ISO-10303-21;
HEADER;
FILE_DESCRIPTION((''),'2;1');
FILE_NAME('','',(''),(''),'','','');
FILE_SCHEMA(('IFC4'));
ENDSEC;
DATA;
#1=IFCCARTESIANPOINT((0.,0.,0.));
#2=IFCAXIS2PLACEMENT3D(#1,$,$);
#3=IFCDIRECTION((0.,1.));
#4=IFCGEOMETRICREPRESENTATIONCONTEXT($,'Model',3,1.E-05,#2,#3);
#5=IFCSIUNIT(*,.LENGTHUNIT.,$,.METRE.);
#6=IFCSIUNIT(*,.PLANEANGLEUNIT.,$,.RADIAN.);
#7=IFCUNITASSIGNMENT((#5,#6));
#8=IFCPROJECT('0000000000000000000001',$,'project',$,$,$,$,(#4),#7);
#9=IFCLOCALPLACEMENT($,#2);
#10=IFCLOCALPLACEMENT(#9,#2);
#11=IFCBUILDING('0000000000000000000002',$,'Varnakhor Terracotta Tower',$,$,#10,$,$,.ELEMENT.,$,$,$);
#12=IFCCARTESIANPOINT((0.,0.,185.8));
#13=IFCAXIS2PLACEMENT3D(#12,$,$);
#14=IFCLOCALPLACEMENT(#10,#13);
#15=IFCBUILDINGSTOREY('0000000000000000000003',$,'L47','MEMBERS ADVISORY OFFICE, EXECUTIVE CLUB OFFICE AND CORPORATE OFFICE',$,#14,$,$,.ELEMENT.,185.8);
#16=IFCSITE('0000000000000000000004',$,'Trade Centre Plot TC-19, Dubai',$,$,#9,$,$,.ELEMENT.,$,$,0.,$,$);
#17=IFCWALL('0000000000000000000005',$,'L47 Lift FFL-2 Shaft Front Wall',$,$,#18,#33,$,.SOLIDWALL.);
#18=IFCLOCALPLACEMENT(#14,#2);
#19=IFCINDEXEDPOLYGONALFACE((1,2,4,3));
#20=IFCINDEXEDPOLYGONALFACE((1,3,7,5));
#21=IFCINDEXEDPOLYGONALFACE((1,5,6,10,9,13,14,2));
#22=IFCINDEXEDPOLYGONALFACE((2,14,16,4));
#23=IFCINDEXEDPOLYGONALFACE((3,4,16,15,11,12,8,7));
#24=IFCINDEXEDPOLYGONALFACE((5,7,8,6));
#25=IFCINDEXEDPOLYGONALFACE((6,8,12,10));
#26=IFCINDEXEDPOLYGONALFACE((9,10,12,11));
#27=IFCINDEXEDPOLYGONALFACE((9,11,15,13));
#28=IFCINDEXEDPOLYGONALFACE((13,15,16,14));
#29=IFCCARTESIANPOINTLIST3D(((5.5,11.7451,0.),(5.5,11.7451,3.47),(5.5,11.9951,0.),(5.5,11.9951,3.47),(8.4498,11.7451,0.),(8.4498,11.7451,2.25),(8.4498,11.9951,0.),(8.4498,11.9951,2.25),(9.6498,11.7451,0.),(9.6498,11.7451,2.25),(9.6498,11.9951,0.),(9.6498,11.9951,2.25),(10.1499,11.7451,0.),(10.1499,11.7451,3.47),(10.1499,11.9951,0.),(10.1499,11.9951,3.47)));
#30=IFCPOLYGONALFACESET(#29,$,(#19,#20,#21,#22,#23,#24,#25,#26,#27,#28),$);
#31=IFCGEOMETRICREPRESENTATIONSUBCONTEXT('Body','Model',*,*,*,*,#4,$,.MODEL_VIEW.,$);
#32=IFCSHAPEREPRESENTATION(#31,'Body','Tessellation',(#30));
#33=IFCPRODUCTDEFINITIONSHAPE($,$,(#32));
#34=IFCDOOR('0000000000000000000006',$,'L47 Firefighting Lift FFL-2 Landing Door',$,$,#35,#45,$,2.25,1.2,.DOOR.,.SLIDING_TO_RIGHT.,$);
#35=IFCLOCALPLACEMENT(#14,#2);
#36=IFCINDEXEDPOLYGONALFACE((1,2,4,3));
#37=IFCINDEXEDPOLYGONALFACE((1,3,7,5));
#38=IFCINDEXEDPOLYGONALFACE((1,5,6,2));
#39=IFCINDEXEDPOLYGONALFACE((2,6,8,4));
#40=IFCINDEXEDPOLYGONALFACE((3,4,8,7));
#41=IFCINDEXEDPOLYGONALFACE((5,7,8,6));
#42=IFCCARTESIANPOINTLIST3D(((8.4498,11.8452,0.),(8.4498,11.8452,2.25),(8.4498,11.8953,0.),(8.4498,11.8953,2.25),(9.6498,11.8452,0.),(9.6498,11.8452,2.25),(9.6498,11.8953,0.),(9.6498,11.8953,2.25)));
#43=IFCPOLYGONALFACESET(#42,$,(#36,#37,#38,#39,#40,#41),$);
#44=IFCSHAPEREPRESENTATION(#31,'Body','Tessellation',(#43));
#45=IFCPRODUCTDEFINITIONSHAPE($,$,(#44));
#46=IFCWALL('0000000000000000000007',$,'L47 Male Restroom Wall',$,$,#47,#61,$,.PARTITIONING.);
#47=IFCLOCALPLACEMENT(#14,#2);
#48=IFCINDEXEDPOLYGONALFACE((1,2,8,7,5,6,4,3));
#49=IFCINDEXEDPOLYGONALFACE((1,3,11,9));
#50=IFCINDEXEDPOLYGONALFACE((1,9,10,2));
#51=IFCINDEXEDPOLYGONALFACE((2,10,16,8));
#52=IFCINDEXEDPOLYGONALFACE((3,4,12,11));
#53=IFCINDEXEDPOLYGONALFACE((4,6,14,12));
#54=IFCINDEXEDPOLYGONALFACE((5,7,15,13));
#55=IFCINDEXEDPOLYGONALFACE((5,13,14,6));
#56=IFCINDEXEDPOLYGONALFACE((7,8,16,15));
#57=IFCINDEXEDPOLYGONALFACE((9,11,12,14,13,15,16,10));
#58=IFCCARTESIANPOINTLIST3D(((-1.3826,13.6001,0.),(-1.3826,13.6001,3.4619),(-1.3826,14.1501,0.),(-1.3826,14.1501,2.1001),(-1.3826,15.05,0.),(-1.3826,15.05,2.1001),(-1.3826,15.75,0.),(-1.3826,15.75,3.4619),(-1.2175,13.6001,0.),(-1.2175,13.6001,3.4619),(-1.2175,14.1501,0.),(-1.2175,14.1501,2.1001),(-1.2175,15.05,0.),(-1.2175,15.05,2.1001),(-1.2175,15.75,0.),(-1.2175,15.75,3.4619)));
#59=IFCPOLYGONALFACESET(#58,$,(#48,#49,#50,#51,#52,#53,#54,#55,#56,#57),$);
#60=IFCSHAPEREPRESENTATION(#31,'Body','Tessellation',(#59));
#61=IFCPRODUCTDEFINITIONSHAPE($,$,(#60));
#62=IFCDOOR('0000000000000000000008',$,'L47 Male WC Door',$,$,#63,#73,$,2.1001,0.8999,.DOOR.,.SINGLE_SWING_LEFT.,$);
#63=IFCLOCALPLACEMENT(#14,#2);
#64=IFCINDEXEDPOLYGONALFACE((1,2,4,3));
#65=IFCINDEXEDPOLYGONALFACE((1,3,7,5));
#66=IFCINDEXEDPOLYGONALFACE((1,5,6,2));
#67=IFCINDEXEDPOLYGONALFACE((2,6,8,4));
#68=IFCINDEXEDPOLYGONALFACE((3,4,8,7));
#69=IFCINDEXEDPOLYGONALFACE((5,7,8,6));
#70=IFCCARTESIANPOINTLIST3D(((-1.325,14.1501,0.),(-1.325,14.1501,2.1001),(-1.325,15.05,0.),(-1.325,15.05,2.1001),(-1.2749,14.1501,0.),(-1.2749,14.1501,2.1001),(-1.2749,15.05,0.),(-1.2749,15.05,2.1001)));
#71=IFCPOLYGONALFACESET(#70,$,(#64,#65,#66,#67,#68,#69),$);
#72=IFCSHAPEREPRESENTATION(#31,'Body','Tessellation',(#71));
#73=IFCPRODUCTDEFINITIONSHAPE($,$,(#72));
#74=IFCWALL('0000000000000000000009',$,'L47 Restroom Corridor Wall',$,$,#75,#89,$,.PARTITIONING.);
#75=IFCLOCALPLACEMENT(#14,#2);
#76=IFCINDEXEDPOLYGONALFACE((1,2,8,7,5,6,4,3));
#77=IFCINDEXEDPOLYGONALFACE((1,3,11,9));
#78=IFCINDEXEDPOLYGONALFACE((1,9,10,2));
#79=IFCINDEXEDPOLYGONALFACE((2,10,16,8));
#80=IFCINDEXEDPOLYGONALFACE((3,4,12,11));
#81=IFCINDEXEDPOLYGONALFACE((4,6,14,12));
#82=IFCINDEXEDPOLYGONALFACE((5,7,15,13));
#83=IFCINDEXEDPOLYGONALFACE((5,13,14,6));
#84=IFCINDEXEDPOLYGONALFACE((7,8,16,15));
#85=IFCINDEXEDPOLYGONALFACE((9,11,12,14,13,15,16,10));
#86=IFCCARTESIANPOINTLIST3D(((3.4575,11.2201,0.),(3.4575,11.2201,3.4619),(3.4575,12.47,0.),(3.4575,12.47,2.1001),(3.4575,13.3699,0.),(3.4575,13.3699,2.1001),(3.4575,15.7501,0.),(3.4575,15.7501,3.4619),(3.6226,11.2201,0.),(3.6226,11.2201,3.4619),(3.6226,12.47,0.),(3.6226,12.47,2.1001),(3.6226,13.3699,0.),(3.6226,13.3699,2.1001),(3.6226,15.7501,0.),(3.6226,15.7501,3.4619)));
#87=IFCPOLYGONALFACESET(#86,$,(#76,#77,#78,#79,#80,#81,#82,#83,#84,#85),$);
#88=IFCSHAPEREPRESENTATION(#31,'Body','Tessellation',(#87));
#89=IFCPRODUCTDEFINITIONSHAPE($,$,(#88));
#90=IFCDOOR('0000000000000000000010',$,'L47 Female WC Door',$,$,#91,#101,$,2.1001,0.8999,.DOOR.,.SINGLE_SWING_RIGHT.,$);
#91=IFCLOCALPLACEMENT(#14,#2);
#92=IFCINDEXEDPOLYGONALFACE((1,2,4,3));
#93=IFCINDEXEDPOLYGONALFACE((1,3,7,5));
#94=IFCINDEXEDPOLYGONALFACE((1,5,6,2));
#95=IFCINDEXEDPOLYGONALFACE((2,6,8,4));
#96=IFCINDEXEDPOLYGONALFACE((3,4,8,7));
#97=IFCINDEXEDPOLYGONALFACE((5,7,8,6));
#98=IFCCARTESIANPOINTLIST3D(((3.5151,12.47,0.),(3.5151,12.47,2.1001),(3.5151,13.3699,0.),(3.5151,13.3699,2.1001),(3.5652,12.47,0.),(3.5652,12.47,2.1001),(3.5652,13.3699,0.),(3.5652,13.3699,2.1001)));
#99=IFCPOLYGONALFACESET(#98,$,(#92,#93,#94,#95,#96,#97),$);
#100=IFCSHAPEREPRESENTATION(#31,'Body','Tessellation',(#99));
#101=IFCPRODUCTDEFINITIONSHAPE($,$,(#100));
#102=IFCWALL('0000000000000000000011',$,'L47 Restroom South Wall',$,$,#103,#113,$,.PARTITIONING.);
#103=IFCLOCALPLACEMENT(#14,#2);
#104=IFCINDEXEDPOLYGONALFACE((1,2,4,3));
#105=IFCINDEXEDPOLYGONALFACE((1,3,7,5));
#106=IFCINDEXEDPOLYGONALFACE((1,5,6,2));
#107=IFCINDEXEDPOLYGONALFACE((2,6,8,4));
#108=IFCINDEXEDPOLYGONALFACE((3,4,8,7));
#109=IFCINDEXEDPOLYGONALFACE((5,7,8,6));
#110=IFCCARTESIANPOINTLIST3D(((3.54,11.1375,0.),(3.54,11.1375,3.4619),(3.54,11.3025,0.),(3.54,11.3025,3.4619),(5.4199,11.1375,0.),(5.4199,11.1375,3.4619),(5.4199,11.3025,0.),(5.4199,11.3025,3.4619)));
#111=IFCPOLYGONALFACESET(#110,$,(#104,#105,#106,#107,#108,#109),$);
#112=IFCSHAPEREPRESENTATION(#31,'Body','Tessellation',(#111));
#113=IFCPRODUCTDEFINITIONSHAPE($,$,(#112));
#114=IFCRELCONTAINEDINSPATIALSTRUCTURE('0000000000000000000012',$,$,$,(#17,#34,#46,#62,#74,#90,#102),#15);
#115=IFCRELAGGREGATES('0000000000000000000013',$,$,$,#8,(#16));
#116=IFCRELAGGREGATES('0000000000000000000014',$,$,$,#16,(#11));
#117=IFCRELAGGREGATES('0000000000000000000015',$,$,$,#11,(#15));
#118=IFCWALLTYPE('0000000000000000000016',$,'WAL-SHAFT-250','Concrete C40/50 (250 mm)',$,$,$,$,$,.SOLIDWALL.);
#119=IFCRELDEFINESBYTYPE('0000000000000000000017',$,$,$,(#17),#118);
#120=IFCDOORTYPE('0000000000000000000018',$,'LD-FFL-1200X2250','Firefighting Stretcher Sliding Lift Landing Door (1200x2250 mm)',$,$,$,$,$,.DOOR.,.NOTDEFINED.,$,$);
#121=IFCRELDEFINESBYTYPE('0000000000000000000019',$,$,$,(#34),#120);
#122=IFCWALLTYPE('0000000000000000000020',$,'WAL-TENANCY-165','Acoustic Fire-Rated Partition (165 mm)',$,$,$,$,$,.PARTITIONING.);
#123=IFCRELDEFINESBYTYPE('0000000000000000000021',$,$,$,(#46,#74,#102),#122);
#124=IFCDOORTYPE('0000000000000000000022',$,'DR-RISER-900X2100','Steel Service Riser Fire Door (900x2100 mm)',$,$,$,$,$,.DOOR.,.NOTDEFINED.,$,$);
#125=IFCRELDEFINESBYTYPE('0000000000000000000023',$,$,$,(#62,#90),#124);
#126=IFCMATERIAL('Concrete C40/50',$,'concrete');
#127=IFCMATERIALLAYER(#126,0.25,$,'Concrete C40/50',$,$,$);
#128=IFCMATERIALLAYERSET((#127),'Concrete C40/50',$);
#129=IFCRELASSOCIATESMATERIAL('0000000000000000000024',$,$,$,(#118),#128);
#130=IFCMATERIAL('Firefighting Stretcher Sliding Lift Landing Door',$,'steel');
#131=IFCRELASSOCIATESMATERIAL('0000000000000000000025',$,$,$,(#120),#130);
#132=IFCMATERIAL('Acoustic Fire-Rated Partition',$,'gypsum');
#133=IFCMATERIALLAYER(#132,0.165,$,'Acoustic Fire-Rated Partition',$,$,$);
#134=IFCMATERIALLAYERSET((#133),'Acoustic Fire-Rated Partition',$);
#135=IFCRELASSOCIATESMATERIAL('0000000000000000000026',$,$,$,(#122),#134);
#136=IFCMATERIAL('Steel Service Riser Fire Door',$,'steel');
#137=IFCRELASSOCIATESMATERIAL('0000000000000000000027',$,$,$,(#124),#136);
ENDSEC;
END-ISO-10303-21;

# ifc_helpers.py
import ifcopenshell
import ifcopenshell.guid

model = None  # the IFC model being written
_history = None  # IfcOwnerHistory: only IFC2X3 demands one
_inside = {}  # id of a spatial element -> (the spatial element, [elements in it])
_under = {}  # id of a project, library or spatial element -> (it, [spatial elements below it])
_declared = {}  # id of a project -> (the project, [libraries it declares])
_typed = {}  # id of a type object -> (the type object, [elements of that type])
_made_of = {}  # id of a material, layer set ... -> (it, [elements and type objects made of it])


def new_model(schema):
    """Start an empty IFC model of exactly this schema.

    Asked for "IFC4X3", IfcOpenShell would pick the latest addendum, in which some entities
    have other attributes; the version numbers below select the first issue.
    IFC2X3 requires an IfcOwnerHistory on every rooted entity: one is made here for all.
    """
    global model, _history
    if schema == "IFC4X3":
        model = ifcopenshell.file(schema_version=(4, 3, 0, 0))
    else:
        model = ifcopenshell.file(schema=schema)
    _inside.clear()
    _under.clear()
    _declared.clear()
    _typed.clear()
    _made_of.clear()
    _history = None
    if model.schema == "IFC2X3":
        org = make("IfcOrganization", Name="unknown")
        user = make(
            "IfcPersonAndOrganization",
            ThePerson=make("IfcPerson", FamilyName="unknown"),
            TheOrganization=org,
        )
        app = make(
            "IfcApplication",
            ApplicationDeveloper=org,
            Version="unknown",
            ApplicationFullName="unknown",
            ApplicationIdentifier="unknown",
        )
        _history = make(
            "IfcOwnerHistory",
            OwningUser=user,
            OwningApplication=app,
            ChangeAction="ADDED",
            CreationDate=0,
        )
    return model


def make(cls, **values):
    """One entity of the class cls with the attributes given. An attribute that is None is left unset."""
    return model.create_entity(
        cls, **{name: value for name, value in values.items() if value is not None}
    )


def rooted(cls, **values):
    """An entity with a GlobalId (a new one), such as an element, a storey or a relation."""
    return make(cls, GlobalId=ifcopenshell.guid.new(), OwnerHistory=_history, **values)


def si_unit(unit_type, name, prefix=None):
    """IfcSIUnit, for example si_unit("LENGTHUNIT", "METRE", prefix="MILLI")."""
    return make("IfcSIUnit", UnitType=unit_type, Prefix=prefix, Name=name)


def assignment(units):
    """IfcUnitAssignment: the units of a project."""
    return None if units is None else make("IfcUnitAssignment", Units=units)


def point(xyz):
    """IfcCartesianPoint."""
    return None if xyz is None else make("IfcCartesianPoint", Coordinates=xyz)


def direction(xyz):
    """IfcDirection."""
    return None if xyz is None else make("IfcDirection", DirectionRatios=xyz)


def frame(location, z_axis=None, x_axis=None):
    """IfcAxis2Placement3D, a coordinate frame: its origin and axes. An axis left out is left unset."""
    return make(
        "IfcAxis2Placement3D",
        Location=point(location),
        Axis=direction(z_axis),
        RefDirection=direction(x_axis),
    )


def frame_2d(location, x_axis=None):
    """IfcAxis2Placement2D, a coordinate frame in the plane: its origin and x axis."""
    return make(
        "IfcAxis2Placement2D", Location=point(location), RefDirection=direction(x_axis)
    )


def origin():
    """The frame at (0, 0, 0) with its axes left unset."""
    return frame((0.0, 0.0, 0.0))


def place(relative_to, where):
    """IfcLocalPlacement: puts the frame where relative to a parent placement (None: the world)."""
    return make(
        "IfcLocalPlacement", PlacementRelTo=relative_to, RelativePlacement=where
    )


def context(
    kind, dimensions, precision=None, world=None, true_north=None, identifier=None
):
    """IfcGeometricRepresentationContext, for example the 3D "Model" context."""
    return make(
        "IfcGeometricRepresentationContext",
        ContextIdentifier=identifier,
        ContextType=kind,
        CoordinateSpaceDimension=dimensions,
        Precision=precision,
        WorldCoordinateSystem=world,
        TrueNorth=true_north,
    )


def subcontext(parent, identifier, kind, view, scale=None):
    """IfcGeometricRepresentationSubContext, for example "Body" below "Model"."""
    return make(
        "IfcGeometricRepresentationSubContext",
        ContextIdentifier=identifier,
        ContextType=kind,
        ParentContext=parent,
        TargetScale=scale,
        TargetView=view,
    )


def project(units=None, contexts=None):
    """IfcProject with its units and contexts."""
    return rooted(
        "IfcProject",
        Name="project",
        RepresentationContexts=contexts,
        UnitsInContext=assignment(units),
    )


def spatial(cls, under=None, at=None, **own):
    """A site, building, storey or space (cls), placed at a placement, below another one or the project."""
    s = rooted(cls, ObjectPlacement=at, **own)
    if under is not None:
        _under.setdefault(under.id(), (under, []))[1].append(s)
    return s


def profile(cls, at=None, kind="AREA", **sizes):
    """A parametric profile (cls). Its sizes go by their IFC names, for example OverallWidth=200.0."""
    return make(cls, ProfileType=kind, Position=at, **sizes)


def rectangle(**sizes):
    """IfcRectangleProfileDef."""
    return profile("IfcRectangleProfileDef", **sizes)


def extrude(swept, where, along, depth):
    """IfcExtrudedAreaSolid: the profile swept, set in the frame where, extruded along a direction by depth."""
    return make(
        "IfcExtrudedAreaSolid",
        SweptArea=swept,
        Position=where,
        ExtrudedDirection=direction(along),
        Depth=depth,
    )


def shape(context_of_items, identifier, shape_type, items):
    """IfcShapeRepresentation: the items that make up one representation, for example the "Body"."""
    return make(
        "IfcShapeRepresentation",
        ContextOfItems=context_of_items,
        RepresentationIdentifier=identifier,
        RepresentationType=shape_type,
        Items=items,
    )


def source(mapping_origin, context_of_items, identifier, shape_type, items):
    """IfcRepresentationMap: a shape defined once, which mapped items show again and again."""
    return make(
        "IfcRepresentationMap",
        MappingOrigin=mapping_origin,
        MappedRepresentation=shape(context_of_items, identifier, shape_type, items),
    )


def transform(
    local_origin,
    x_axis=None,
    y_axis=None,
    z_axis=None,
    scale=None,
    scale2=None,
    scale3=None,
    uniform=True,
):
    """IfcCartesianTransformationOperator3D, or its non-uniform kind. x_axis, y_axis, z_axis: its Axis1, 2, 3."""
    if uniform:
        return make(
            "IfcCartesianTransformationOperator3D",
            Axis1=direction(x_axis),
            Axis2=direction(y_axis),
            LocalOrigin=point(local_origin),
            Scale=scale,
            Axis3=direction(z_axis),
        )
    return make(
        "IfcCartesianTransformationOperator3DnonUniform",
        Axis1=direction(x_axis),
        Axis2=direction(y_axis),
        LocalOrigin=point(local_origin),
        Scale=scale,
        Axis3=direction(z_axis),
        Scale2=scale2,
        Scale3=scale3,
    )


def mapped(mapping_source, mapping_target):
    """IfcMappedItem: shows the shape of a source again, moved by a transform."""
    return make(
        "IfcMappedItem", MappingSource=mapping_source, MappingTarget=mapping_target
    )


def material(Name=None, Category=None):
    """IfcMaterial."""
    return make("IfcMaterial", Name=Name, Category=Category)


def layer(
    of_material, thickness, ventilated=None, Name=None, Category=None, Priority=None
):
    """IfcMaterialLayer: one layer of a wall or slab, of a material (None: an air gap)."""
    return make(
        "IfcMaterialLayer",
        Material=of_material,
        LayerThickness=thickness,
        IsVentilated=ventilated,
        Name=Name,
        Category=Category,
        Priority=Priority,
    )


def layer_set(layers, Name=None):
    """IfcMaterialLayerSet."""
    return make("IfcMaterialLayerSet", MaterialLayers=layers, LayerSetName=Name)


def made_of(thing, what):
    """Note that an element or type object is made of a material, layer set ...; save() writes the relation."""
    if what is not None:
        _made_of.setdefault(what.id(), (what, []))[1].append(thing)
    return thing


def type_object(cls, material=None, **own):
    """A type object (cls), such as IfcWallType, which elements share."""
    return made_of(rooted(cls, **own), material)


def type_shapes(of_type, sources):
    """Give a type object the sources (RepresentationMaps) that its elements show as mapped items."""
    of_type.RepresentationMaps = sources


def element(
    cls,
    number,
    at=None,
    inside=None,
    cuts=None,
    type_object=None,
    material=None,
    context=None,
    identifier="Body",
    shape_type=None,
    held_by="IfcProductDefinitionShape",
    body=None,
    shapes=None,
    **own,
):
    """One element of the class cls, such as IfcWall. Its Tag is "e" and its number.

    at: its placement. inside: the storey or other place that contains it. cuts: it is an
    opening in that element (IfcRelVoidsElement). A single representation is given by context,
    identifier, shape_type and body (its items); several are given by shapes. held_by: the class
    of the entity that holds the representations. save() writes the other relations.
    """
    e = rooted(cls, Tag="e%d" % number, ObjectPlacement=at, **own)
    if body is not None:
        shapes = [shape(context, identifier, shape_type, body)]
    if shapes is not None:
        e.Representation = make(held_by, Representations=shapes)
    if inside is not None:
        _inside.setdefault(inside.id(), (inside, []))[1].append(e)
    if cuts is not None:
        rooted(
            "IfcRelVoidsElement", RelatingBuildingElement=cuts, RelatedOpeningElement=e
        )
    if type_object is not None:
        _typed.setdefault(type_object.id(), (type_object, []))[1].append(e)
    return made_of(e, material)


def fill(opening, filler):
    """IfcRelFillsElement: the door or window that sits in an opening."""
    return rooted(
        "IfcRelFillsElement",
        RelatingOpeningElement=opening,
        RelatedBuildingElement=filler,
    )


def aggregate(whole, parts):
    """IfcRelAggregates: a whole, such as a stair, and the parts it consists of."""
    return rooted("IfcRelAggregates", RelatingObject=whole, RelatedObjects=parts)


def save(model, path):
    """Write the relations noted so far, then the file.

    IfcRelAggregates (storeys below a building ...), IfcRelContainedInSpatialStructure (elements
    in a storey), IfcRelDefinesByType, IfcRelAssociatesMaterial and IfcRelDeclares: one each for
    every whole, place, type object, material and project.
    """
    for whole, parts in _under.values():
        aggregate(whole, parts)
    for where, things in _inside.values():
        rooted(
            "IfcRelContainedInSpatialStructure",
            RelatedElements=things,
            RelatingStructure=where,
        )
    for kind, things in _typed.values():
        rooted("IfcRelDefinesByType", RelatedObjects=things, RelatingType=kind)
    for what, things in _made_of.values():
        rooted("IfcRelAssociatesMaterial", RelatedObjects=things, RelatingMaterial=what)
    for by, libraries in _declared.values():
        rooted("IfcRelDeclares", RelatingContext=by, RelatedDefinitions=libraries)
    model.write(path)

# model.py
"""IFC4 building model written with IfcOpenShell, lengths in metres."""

from ifc_helpers import new_model, si_unit, direction, frame, frame_2d, origin, place, context, subcontext, project, spatial, rectangle, extrude, source, transform, mapped, material, layer, layer_set, type_object, type_shapes, element, fill, save


model = new_model("IFC4")

# Units and contexts
model_context = context("Model", 3, precision=1e-05, world=origin(), true_north=direction((0.0, 1.0)))
body_context = subcontext(model_context, "Body", "Model", "MODEL_VIEW")
ifc_project = project(units=[si_unit("LENGTHUNIT", "METRE"), si_unit("PLANEANGLEUNIT", "RADIAN")], contexts=[model_context])

# Site, building, storey
site_placement = place(None, origin())
site = spatial("IfcSite", under=ifc_project, at=site_placement, Name="Trade Centre Plot TC-19, Dubai", CompositionType="ELEMENT", RefElevation=0.0)
building_placement = place(site_placement, origin())
building = spatial("IfcBuilding", under=site, at=building_placement, Name="Varnakhor Terracotta Tower", CompositionType="ELEMENT")
storey_placement = place(building_placement, frame((0.0, 0.0, 185.8)))
storey = spatial("IfcBuildingStorey", under=building, at=storey_placement, Name="L47", Description="MEMBERS ADVISORY OFFICE, EXECUTIVE CLUB OFFICE AND CORPORATE OFFICE", CompositionType="ELEMENT", Elevation=185.8)

# Shared definitions
ifc_material_1 = material(Name="Concrete C40/50", Category="concrete")

# Walls, openings, doors
ifc_layer_1 = layer(ifc_material_1, 0.25, Name="Concrete C40/50")
ifc_layer_set_1 = layer_set([ifc_layer_1], Name="Concrete C40/50")
wall_type_1 = type_object("IfcWallType", Name="WAL-SHAFT-250", Description="Concrete C40/50 (250 mm)", PredefinedType="SOLIDWALL", material=ifc_layer_set_1)
wall_1_placement = place(storey_placement, frame((10.1499, 11.8701, 0.0), z_axis=(0.0, 0.0, 1.0), x_axis=(-1.0, 0.0, 0.0)))
wall_1 = element("IfcWall", 1, at=wall_1_placement, inside=storey, type_object=wall_type_1, Name="L47 Lift FFL-2 Shaft Front Wall", PredefinedType="SOLIDWALL", context=body_context, shape_type="SweptSolid", body=[
    extrude(rectangle(XDim=4.6499, YDim=0.25, at=frame_2d((2.325, 0.0))), origin(), (0.0, 0.0, 1.0), 3.47),
])
opening_1_placement = place(wall_1_placement, frame((0.5, 0.0, 0.0)))
opening_1 = element("IfcOpeningElement", 2, at=opening_1_placement, cuts=wall_1, PredefinedType="OPENING", context=body_context, shape_type="SweptSolid", body=[
    extrude(rectangle(XDim=1.2, YDim=2.25, at=frame_2d((0.6001, 1.125))), frame((0.0, 0.135, 0.0), z_axis=(0.0, -1.0, 0.0), x_axis=(1.0, 0.0, 0.0)), (0.0, 0.0, 1.0), 0.27),
])
ifc_material_2 = material(Name="Firefighting Stretcher Sliding Lift Landing Door", Category="steel")
door_type_1 = type_object("IfcDoorType", Name="LD-FFL-1200X2250", Description="Firefighting Stretcher Sliding Lift Landing Door (1200x2250 mm)", OperationType="NOTDEFINED", PredefinedType="DOOR", material=ifc_material_2)
shared_shape_1 = source(origin(), body_context, "Body", "SweptSolid", [
    extrude(rectangle(XDim=1.2, YDim=2.25, at=frame_2d((0.6001, 1.125))), frame((0.0, 0.0249, 0.0), z_axis=(0.0, -1.0, 0.0), x_axis=(1.0, 0.0, 0.0)), (0.0, 0.0, 1.0), 0.05),
])
type_shapes(door_type_1, [shared_shape_1])
door_1_placement = place(opening_1_placement, origin())
door_1 = element("IfcDoor", 3, at=door_1_placement, inside=storey, type_object=door_type_1, Name="L47 Firefighting Lift FFL-2 Landing Door", OperationType="SLIDING_TO_RIGHT", OverallHeight=2.25, OverallWidth=1.2, PredefinedType="DOOR", context=body_context, shape_type="MappedRepresentation", body=[
    mapped(shared_shape_1, transform((0.0, 0.0, 0.0), scale=1.0)),
])
fill(opening_1, door_1)
ifc_material_3 = material(Name="Acoustic Fire-Rated Partition", Category="gypsum")
ifc_layer_2 = layer(ifc_material_3, 0.165, Name="Acoustic Fire-Rated Partition")
ifc_layer_set_2 = layer_set([ifc_layer_2], Name="Acoustic Fire-Rated Partition")
wall_type_2 = type_object("IfcWallType", Name="WAL-TENANCY-165", Description="Acoustic Fire-Rated Partition (165 mm)", PredefinedType="PARTITIONING", material=ifc_layer_set_2)
wall_2_placement = place(storey_placement, frame((-1.3, 13.6001, 0.0), z_axis=(0.0, 0.0, 1.0), x_axis=(0.0, 1.0, 0.0)))
wall_2 = element("IfcWall", 4, at=wall_2_placement, inside=storey, type_object=wall_type_2, Name="L47 Male Restroom Wall", PredefinedType="PARTITIONING", context=body_context, shape_type="SweptSolid", body=[
    extrude(rectangle(XDim=2.1499, YDim=0.165, at=frame_2d((1.075, 0.0))), origin(), (0.0, 0.0, 1.0), 3.4619),
])
opening_2_placement = place(wall_2_placement, frame((0.55, 0.0, 0.0)))
opening_2 = element("IfcOpeningElement", 5, at=opening_2_placement, cuts=wall_2, PredefinedType="OPENING", context=body_context, shape_type="SweptSolid", body=[
    extrude(rectangle(XDim=0.8999, YDim=2.1001, at=frame_2d((0.45, 1.05))), frame((0.0, 0.0925, 0.0), z_axis=(0.0, -1.0, 0.0), x_axis=(1.0, 0.0, 0.0)), (0.0, 0.0, 1.0), 0.1851),
])
ifc_material_4 = material(Name="Steel Service Riser Fire Door", Category="steel")
door_type_2 = type_object("IfcDoorType", Name="DR-RISER-900X2100", Description="Steel Service Riser Fire Door (900x2100 mm)", OperationType="NOTDEFINED", PredefinedType="DOOR", material=ifc_material_4)
shared_shape_2 = source(origin(), body_context, "Body", "SweptSolid", [
    extrude(rectangle(XDim=0.8999, YDim=2.1001, at=frame_2d((0.45, 1.05))), frame((0.0, 0.0249, 0.0), z_axis=(0.0, -1.0, 0.0), x_axis=(1.0, 0.0, 0.0)), (0.0, 0.0, 1.0), 0.05),
])
type_shapes(door_type_2, [shared_shape_2])
door_2_placement = place(opening_2_placement, origin())
door_2 = element("IfcDoor", 6, at=door_2_placement, inside=storey, type_object=door_type_2, Name="L47 Male WC Door", OperationType="SINGLE_SWING_LEFT", OverallHeight=2.1001, OverallWidth=0.8999, PredefinedType="DOOR", context=body_context, shape_type="MappedRepresentation", body=[
    mapped(shared_shape_2, transform((0.0, 0.0, 0.0), scale=1.0)),
])
fill(opening_2, door_2)
wall_3_placement = place(storey_placement, frame((3.54, 11.22, 0.0), z_axis=(0.0, 0.0, 1.0), x_axis=(0.0, 1.0, 0.0)))
wall_3 = element("IfcWall", 7, at=wall_3_placement, inside=storey, type_object=wall_type_2, Name="L47 Restroom Corridor Wall", PredefinedType="PARTITIONING", context=body_context, shape_type="SweptSolid", body=[
    extrude(rectangle(XDim=4.53, YDim=0.165, at=frame_2d((2.2651, 0.0))), origin(), (0.0, 0.0, 1.0), 3.4619),
])
opening_3_placement = place(wall_3_placement, frame((1.25, 0.0, 0.0)))
opening_3 = element("IfcOpeningElement", 8, at=opening_3_placement, cuts=wall_3, PredefinedType="OPENING", context=body_context, shape_type="SweptSolid", body=[
    extrude(rectangle(XDim=0.8999, YDim=2.1001, at=frame_2d((0.45, 1.05))), frame((0.0, 0.0925, 0.0), z_axis=(0.0, -1.0, 0.0), x_axis=(1.0, 0.0, 0.0)), (0.0, 0.0, 1.0), 0.1851),
])
door_3_placement = place(opening_3_placement, origin())
door_3 = element("IfcDoor", 9, at=door_3_placement, inside=storey, type_object=door_type_2, Name="L47 Female WC Door", OperationType="SINGLE_SWING_RIGHT", OverallHeight=2.1001, OverallWidth=0.8999, PredefinedType="DOOR", context=body_context, shape_type="MappedRepresentation", body=[
    mapped(shared_shape_2, transform((0.0, 0.0, 0.0), scale=1.0)),
])
fill(opening_3, door_3)

# Wall
wall_4_placement = place(storey_placement, frame((3.54, 11.22, 0.0), z_axis=(0.0, 0.0, 1.0), x_axis=(1.0, 0.0, 0.0)))
element("IfcWall", 10, at=wall_4_placement, inside=storey, type_object=wall_type_2, Name="L47 Restroom South Wall", PredefinedType="PARTITIONING", context=body_context, shape_type="SweptSolid", body=[
    extrude(rectangle(XDim=1.8799, YDim=0.165, at=frame_2d((0.9399, 0.0))), origin(), (0.0, 0.0, 1.0), 3.4619),
])

save(model, "model.ifc")
